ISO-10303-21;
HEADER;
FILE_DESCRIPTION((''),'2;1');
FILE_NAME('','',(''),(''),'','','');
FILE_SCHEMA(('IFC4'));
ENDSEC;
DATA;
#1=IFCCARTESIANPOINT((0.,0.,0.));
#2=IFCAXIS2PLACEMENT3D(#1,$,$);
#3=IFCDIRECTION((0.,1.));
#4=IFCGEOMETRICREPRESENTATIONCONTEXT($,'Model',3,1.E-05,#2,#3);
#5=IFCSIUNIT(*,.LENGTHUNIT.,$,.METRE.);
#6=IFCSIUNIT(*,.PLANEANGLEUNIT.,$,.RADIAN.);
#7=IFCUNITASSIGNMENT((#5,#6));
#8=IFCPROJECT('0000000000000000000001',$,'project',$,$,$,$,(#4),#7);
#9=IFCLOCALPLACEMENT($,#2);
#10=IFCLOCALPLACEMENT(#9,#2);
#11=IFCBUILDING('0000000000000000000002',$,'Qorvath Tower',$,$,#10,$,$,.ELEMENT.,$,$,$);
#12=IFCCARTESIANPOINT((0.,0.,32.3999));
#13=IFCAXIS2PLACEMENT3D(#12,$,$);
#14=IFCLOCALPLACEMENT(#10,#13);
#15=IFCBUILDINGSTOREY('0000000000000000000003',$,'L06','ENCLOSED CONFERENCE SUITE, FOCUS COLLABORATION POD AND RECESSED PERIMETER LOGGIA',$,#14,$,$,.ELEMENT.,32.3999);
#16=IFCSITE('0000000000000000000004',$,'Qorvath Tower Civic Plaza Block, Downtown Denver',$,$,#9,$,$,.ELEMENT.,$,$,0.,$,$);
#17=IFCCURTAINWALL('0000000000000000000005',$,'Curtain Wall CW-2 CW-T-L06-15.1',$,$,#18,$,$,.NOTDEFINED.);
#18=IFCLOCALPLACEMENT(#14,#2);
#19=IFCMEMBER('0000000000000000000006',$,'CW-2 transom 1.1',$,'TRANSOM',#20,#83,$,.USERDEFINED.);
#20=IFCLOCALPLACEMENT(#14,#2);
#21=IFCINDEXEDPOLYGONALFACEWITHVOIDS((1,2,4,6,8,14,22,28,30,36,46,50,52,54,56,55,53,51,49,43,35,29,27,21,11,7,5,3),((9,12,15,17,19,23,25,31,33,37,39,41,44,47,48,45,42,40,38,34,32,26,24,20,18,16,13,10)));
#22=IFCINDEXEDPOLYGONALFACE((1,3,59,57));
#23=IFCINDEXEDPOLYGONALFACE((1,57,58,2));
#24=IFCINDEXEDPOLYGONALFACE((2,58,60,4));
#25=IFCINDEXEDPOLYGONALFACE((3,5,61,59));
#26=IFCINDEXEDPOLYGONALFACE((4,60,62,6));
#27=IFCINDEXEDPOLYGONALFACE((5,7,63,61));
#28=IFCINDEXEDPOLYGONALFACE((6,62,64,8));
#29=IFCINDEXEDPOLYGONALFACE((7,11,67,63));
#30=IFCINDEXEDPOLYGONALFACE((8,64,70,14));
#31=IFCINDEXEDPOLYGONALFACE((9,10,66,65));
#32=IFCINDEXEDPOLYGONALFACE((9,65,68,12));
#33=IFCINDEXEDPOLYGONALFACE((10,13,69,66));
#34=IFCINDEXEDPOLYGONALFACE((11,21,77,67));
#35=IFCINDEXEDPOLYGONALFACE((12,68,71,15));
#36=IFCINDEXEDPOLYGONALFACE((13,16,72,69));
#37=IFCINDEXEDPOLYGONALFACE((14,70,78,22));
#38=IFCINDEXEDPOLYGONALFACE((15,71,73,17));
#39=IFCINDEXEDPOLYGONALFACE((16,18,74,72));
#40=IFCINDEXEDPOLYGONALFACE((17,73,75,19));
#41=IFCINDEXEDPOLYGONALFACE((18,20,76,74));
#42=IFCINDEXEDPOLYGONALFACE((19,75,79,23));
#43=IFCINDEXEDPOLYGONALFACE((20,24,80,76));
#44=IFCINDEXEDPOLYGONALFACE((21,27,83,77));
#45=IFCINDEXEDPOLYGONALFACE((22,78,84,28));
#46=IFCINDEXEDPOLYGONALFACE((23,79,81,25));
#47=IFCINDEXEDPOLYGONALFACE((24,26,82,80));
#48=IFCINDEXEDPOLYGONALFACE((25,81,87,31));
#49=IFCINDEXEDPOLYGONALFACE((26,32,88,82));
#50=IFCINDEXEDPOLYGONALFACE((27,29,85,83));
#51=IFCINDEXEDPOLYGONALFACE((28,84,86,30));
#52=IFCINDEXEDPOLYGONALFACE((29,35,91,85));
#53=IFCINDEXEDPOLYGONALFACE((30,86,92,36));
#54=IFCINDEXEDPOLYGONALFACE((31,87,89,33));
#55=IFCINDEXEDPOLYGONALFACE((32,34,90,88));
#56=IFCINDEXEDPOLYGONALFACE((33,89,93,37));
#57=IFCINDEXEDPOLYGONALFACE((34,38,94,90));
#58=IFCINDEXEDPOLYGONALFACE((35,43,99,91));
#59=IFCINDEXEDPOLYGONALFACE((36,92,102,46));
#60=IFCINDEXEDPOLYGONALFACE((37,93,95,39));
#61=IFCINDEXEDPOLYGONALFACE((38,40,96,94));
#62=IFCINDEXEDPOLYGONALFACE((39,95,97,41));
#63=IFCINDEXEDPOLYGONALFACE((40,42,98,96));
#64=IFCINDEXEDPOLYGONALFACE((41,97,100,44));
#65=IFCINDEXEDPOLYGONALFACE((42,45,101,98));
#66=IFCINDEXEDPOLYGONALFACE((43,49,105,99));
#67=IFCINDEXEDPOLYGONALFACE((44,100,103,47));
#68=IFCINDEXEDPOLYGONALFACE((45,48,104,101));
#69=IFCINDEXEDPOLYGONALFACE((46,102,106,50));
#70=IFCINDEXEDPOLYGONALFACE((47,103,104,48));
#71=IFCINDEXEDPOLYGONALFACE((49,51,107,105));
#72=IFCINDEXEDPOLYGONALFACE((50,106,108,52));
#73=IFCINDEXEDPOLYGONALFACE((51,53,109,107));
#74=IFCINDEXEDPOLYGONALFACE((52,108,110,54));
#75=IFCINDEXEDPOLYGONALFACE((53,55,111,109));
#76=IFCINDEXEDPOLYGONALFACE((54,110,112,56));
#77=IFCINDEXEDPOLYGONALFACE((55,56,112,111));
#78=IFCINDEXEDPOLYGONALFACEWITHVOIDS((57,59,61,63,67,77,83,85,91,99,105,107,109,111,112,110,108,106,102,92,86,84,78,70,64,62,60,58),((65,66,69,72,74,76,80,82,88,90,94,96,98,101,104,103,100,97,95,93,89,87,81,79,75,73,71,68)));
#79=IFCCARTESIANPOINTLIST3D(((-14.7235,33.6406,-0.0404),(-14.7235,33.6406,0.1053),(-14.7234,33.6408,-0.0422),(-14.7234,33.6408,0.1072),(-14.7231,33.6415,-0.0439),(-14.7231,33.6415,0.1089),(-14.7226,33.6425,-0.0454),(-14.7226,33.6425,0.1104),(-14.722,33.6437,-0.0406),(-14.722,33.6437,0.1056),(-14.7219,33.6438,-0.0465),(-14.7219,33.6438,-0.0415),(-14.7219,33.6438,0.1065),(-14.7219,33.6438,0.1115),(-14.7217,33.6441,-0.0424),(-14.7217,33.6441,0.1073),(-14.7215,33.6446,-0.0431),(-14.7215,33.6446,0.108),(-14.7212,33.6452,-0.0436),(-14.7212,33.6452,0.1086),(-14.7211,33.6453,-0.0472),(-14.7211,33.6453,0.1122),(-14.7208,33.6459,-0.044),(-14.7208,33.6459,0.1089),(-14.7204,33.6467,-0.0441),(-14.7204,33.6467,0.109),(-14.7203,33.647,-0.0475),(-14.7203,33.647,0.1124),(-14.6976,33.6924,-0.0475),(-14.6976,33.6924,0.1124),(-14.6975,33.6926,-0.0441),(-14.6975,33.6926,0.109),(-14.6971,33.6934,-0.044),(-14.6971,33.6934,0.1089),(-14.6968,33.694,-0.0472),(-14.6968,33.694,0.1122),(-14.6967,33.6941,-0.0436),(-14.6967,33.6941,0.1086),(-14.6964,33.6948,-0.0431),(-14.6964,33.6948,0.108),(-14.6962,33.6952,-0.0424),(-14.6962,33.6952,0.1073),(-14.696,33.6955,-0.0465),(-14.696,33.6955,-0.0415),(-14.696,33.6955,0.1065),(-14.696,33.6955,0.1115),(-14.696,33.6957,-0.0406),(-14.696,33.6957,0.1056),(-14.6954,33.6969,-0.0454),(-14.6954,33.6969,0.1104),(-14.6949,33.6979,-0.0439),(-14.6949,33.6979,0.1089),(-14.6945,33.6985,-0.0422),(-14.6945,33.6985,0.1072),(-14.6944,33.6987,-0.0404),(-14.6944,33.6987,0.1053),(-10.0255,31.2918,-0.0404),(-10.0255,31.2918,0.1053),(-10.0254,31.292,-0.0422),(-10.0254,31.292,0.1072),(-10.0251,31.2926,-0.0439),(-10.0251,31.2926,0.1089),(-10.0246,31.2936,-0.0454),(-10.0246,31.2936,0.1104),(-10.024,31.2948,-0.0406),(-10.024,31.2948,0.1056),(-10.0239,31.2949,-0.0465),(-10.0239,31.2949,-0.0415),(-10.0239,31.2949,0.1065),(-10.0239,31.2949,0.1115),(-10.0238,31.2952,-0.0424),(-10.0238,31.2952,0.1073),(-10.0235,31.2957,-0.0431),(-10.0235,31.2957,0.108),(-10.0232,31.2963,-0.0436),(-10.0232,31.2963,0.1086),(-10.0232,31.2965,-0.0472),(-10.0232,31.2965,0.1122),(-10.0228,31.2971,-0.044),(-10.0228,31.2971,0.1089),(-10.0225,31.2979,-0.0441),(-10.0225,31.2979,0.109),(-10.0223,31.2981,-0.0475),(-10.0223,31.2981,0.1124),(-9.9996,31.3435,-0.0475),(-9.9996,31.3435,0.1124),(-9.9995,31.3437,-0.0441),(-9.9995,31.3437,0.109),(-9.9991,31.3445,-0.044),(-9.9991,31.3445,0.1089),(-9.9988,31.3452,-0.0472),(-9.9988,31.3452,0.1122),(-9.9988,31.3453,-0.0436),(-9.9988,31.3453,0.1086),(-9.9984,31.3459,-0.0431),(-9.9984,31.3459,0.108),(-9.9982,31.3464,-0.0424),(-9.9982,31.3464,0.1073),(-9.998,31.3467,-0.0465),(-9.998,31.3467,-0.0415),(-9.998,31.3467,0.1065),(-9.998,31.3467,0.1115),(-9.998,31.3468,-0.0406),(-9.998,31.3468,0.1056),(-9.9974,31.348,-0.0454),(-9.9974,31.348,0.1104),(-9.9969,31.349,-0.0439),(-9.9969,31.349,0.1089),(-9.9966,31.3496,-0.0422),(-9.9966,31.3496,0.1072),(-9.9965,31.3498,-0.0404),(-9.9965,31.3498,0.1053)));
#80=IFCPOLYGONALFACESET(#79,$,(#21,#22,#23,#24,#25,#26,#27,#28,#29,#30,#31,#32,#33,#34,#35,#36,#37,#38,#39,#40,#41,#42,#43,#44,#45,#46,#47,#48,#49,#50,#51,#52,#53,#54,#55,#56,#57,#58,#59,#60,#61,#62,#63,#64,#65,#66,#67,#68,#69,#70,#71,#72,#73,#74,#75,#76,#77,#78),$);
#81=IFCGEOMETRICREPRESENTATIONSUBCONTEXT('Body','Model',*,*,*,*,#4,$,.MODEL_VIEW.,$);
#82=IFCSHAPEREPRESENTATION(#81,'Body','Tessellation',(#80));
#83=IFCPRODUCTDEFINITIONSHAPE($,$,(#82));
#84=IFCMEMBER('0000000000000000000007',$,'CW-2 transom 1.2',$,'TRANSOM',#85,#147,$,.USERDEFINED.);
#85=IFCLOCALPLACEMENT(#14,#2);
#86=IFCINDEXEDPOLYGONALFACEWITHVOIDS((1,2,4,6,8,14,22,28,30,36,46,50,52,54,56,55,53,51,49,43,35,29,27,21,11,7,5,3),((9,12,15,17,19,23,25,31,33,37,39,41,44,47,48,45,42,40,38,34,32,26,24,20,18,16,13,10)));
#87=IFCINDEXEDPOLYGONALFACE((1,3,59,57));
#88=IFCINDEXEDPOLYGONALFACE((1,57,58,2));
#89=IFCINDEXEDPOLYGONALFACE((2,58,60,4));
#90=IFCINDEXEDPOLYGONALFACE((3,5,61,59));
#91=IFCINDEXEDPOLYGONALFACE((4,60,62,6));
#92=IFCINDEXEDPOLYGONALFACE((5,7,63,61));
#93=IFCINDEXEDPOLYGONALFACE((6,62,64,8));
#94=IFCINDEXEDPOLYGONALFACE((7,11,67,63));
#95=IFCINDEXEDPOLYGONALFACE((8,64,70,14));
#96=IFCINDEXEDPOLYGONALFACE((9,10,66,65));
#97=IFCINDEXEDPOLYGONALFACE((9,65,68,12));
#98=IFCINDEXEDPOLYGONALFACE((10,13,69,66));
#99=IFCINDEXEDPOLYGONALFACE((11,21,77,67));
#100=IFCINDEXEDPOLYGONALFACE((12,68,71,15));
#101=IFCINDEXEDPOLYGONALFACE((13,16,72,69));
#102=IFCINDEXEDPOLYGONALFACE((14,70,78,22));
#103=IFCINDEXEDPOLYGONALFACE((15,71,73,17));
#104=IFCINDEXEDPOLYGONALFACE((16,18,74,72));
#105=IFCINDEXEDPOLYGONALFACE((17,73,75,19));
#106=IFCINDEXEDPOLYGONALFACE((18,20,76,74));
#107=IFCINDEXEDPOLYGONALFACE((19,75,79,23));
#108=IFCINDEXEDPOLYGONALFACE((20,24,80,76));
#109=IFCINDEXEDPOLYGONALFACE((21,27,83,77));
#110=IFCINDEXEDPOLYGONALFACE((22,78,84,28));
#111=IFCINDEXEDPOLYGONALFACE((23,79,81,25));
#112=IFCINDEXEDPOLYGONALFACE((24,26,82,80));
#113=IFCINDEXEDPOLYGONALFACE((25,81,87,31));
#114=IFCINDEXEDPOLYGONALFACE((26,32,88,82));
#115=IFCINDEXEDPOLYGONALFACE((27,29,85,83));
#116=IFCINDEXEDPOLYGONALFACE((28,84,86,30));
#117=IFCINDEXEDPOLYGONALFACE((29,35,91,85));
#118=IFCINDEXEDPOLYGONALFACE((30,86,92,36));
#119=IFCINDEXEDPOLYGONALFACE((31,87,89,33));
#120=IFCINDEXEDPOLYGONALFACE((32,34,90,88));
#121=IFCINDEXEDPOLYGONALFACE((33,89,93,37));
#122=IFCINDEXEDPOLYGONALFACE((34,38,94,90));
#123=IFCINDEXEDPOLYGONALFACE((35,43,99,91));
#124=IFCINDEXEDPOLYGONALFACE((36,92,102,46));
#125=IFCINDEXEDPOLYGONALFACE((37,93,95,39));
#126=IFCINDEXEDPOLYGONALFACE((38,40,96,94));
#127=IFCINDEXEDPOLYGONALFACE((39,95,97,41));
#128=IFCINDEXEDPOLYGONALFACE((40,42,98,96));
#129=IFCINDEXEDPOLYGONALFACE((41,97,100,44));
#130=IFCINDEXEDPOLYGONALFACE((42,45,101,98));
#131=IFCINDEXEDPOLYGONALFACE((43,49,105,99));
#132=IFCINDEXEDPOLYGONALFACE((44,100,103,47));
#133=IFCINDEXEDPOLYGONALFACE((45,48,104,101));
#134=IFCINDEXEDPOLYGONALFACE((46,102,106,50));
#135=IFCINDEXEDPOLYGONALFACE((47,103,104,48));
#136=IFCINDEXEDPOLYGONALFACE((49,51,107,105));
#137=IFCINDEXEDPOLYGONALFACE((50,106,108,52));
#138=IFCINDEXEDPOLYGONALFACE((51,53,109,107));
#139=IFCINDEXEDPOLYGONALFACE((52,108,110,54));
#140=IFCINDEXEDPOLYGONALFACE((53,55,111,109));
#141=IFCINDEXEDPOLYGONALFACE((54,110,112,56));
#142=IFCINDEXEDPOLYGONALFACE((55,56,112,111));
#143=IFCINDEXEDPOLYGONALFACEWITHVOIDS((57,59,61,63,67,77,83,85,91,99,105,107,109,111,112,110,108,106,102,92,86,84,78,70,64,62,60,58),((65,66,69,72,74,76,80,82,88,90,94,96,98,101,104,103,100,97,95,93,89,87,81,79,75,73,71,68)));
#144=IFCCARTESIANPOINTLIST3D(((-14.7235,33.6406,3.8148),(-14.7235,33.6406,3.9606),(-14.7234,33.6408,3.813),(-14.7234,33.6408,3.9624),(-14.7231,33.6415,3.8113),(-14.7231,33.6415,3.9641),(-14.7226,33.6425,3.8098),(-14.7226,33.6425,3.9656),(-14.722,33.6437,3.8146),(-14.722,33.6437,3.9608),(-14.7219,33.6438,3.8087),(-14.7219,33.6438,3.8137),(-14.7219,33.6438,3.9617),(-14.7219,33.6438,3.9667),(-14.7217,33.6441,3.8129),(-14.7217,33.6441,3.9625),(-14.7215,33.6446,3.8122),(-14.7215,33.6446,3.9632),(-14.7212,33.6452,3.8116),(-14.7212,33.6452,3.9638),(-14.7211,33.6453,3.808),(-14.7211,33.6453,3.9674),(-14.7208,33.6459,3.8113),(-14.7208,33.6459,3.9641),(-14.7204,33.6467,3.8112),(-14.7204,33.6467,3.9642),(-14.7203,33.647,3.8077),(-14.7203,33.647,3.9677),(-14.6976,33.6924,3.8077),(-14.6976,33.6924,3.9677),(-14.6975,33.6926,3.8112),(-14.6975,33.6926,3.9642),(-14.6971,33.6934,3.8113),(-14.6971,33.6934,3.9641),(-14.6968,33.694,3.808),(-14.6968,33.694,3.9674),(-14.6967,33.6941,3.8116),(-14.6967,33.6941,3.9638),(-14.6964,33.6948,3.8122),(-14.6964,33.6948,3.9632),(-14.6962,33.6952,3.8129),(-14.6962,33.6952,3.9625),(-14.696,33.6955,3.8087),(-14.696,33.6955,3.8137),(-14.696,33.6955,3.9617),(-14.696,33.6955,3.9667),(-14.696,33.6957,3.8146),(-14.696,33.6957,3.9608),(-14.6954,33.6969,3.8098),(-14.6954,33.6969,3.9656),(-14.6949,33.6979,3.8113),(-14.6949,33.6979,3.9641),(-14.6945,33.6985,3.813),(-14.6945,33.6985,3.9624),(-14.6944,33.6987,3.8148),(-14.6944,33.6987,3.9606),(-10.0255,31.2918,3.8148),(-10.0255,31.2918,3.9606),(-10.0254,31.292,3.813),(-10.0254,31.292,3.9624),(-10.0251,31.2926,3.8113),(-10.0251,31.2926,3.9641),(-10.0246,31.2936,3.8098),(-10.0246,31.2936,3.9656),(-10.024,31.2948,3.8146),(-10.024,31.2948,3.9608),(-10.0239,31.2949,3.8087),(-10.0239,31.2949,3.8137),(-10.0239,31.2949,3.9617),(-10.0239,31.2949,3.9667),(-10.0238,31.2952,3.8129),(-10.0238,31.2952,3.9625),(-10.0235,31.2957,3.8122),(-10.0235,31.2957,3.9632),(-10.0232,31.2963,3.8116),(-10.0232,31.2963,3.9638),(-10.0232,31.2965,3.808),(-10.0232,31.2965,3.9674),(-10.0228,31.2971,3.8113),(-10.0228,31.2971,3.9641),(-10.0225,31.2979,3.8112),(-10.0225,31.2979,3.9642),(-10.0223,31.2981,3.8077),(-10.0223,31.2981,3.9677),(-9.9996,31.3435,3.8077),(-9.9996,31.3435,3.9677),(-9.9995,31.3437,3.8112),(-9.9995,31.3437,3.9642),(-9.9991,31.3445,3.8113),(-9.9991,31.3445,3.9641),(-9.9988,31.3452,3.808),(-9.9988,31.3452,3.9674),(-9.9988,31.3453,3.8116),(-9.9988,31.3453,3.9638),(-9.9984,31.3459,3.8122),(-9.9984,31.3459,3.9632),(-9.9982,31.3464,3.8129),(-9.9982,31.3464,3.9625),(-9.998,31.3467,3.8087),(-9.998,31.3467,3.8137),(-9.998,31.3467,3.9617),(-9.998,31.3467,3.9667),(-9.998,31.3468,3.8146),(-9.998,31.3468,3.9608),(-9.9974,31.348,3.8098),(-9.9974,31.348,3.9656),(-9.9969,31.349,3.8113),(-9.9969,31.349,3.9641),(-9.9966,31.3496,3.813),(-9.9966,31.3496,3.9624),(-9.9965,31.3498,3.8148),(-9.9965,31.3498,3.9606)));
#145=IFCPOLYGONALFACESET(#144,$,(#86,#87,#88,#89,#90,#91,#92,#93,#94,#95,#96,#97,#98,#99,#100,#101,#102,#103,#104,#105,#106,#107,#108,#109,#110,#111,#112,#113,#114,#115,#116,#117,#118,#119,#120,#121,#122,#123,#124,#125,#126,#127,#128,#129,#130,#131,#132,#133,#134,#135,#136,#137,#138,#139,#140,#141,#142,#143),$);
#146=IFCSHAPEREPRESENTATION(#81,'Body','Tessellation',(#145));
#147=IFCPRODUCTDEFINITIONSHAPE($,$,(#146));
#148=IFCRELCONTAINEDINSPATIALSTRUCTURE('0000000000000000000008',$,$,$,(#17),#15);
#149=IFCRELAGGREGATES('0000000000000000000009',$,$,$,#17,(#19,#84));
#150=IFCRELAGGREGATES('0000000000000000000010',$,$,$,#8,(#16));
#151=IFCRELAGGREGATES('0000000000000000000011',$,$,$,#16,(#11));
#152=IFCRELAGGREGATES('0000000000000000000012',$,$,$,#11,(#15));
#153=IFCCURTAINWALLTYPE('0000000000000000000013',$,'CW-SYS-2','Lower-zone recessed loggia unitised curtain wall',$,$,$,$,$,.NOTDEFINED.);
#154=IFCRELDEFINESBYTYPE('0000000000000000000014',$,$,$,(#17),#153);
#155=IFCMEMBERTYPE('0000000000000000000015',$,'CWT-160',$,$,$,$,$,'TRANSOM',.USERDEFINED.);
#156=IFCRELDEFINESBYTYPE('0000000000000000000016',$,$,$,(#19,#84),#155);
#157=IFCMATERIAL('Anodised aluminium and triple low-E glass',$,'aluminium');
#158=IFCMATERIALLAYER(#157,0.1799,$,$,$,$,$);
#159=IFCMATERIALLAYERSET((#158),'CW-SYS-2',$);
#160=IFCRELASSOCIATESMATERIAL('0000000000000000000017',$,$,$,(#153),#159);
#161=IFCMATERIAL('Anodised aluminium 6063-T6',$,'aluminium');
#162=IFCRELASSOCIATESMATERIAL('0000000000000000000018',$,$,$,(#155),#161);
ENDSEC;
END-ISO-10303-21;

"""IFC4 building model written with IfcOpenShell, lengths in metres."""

from ifc_helpers import new_model, si_unit, direction, frame, origin, origin_2d, place, context, subcontext, project, spatial, hollow_rectangle, extrude, material, layer, layer_set, material_profile, profile_set, type_object, element, aggregate, save


model = new_model("IFC4")

# Units and contexts
model_context = context("Model", 3, precision=1e-05, world=origin(), true_north=direction((0.0, 1.0)))
body_context = subcontext(model_context, "Body", "Model", "MODEL_VIEW")
ifc_project = project(units=[si_unit("LENGTHUNIT", "METRE"), si_unit("PLANEANGLEUNIT", "RADIAN")], contexts=[model_context])

# Site, building, storey
site_placement = place(None, origin())
site = spatial("IfcSite", under=ifc_project, at=site_placement, Name="Qorvath Tower Civic Plaza Block, Downtown Denver", CompositionType="ELEMENT", RefElevation=0.0)
building_placement = place(site_placement, origin())
building = spatial("IfcBuilding", under=site, at=building_placement, Name="Qorvath Tower", CompositionType="ELEMENT")
storey_placement = place(building_placement, frame((0.0, 0.0, 32.3999)))
storey = spatial("IfcBuildingStorey", under=building, at=storey_placement, Name="L06", Description="ENCLOSED CONFERENCE SUITE, FOCUS COLLABORATION POD AND RECESSED PERIMETER LOGGIA", CompositionType="ELEMENT", Elevation=32.3999)

# Curtain wall
ifc_material_1 = material(Name="Anodised aluminium and triple low-E glass", Category="aluminium")
ifc_layer_1 = layer(ifc_material_1, 0.1799)
ifc_layer_set_1 = layer_set([ifc_layer_1], Name="CW-SYS-2")
curtain_wall_type = type_object("IfcCurtainWallType", Name="CW-SYS-2", Description="Lower-zone recessed loggia unitised curtain wall", PredefinedType="NOTDEFINED", material=ifc_layer_set_1)
curtain_wall_1_placement = place(storey_placement, origin())
curtain_wall_1 = element("IfcCurtainWall", 1, at=curtain_wall_1_placement, inside=storey, type_object=curtain_wall_type, Name="Curtain Wall CW-2 CW-T-L06-15.1", PredefinedType="NOTDEFINED")

# Members
ifc_material_2 = material(Name="Anodised aluminium 6063-T6", Category="aluminium")
ifc_material_profile_1 = material_profile(ifc_material_2, hollow_rectangle(XDim=0.0649, YDim=0.1599, WallThickness=0.0034, InnerFilletRadius=0.0034, OuterFilletRadius=0.0071, at=origin_2d()), Name="CWT 160x65")
ifc_profile_set_1 = profile_set([ifc_material_profile_1], Name="Anodised aluminium 6063-T6")
member_type_1 = type_object("IfcMemberType", Name="CWT-160", ElementType="TRANSOM", PredefinedType="USERDEFINED", material=ifc_profile_set_1)
member_1_placement = place(storey_placement, frame((-10.011, 31.3208, 0.0325), z_axis=(-0.894436, 0.447195, 0.0), x_axis=(-0.447195, -0.894436, 0.0)))
member_1 = element("IfcMember", 2, at=member_1_placement, type_object=member_type_1, Name="CW-2 transom 1.1", ObjectType="TRANSOM", PredefinedType="USERDEFINED", context=body_context, shape_type="SweptSolid", body=[
    extrude(hollow_rectangle(XDim=0.0649, YDim=0.1599, WallThickness=0.0034, InnerFilletRadius=0.0034, OuterFilletRadius=0.0071, at=origin_2d()), origin(), (0.0, 0.0, 1.0), 5.2524),
])
member_2_placement = place(storey_placement, frame((-10.011, 31.3208, 3.8877), z_axis=(-0.894436, 0.447195, 0.0), x_axis=(-0.447195, -0.894436, 0.0)))
member_2 = element("IfcMember", 3, at=member_2_placement, type_object=member_type_1, Name="CW-2 transom 1.2", ObjectType="TRANSOM", PredefinedType="USERDEFINED", context=body_context, shape_type="SweptSolid", body=[
    extrude(hollow_rectangle(XDim=0.0649, YDim=0.1599, WallThickness=0.0034, InnerFilletRadius=0.0034, OuterFilletRadius=0.0071, at=origin_2d()), origin(), (0.0, 0.0, 1.0), 5.2524),
])

aggregate(curtain_wall_1, [member_1, member_2])

save(model, "model.ifc")
